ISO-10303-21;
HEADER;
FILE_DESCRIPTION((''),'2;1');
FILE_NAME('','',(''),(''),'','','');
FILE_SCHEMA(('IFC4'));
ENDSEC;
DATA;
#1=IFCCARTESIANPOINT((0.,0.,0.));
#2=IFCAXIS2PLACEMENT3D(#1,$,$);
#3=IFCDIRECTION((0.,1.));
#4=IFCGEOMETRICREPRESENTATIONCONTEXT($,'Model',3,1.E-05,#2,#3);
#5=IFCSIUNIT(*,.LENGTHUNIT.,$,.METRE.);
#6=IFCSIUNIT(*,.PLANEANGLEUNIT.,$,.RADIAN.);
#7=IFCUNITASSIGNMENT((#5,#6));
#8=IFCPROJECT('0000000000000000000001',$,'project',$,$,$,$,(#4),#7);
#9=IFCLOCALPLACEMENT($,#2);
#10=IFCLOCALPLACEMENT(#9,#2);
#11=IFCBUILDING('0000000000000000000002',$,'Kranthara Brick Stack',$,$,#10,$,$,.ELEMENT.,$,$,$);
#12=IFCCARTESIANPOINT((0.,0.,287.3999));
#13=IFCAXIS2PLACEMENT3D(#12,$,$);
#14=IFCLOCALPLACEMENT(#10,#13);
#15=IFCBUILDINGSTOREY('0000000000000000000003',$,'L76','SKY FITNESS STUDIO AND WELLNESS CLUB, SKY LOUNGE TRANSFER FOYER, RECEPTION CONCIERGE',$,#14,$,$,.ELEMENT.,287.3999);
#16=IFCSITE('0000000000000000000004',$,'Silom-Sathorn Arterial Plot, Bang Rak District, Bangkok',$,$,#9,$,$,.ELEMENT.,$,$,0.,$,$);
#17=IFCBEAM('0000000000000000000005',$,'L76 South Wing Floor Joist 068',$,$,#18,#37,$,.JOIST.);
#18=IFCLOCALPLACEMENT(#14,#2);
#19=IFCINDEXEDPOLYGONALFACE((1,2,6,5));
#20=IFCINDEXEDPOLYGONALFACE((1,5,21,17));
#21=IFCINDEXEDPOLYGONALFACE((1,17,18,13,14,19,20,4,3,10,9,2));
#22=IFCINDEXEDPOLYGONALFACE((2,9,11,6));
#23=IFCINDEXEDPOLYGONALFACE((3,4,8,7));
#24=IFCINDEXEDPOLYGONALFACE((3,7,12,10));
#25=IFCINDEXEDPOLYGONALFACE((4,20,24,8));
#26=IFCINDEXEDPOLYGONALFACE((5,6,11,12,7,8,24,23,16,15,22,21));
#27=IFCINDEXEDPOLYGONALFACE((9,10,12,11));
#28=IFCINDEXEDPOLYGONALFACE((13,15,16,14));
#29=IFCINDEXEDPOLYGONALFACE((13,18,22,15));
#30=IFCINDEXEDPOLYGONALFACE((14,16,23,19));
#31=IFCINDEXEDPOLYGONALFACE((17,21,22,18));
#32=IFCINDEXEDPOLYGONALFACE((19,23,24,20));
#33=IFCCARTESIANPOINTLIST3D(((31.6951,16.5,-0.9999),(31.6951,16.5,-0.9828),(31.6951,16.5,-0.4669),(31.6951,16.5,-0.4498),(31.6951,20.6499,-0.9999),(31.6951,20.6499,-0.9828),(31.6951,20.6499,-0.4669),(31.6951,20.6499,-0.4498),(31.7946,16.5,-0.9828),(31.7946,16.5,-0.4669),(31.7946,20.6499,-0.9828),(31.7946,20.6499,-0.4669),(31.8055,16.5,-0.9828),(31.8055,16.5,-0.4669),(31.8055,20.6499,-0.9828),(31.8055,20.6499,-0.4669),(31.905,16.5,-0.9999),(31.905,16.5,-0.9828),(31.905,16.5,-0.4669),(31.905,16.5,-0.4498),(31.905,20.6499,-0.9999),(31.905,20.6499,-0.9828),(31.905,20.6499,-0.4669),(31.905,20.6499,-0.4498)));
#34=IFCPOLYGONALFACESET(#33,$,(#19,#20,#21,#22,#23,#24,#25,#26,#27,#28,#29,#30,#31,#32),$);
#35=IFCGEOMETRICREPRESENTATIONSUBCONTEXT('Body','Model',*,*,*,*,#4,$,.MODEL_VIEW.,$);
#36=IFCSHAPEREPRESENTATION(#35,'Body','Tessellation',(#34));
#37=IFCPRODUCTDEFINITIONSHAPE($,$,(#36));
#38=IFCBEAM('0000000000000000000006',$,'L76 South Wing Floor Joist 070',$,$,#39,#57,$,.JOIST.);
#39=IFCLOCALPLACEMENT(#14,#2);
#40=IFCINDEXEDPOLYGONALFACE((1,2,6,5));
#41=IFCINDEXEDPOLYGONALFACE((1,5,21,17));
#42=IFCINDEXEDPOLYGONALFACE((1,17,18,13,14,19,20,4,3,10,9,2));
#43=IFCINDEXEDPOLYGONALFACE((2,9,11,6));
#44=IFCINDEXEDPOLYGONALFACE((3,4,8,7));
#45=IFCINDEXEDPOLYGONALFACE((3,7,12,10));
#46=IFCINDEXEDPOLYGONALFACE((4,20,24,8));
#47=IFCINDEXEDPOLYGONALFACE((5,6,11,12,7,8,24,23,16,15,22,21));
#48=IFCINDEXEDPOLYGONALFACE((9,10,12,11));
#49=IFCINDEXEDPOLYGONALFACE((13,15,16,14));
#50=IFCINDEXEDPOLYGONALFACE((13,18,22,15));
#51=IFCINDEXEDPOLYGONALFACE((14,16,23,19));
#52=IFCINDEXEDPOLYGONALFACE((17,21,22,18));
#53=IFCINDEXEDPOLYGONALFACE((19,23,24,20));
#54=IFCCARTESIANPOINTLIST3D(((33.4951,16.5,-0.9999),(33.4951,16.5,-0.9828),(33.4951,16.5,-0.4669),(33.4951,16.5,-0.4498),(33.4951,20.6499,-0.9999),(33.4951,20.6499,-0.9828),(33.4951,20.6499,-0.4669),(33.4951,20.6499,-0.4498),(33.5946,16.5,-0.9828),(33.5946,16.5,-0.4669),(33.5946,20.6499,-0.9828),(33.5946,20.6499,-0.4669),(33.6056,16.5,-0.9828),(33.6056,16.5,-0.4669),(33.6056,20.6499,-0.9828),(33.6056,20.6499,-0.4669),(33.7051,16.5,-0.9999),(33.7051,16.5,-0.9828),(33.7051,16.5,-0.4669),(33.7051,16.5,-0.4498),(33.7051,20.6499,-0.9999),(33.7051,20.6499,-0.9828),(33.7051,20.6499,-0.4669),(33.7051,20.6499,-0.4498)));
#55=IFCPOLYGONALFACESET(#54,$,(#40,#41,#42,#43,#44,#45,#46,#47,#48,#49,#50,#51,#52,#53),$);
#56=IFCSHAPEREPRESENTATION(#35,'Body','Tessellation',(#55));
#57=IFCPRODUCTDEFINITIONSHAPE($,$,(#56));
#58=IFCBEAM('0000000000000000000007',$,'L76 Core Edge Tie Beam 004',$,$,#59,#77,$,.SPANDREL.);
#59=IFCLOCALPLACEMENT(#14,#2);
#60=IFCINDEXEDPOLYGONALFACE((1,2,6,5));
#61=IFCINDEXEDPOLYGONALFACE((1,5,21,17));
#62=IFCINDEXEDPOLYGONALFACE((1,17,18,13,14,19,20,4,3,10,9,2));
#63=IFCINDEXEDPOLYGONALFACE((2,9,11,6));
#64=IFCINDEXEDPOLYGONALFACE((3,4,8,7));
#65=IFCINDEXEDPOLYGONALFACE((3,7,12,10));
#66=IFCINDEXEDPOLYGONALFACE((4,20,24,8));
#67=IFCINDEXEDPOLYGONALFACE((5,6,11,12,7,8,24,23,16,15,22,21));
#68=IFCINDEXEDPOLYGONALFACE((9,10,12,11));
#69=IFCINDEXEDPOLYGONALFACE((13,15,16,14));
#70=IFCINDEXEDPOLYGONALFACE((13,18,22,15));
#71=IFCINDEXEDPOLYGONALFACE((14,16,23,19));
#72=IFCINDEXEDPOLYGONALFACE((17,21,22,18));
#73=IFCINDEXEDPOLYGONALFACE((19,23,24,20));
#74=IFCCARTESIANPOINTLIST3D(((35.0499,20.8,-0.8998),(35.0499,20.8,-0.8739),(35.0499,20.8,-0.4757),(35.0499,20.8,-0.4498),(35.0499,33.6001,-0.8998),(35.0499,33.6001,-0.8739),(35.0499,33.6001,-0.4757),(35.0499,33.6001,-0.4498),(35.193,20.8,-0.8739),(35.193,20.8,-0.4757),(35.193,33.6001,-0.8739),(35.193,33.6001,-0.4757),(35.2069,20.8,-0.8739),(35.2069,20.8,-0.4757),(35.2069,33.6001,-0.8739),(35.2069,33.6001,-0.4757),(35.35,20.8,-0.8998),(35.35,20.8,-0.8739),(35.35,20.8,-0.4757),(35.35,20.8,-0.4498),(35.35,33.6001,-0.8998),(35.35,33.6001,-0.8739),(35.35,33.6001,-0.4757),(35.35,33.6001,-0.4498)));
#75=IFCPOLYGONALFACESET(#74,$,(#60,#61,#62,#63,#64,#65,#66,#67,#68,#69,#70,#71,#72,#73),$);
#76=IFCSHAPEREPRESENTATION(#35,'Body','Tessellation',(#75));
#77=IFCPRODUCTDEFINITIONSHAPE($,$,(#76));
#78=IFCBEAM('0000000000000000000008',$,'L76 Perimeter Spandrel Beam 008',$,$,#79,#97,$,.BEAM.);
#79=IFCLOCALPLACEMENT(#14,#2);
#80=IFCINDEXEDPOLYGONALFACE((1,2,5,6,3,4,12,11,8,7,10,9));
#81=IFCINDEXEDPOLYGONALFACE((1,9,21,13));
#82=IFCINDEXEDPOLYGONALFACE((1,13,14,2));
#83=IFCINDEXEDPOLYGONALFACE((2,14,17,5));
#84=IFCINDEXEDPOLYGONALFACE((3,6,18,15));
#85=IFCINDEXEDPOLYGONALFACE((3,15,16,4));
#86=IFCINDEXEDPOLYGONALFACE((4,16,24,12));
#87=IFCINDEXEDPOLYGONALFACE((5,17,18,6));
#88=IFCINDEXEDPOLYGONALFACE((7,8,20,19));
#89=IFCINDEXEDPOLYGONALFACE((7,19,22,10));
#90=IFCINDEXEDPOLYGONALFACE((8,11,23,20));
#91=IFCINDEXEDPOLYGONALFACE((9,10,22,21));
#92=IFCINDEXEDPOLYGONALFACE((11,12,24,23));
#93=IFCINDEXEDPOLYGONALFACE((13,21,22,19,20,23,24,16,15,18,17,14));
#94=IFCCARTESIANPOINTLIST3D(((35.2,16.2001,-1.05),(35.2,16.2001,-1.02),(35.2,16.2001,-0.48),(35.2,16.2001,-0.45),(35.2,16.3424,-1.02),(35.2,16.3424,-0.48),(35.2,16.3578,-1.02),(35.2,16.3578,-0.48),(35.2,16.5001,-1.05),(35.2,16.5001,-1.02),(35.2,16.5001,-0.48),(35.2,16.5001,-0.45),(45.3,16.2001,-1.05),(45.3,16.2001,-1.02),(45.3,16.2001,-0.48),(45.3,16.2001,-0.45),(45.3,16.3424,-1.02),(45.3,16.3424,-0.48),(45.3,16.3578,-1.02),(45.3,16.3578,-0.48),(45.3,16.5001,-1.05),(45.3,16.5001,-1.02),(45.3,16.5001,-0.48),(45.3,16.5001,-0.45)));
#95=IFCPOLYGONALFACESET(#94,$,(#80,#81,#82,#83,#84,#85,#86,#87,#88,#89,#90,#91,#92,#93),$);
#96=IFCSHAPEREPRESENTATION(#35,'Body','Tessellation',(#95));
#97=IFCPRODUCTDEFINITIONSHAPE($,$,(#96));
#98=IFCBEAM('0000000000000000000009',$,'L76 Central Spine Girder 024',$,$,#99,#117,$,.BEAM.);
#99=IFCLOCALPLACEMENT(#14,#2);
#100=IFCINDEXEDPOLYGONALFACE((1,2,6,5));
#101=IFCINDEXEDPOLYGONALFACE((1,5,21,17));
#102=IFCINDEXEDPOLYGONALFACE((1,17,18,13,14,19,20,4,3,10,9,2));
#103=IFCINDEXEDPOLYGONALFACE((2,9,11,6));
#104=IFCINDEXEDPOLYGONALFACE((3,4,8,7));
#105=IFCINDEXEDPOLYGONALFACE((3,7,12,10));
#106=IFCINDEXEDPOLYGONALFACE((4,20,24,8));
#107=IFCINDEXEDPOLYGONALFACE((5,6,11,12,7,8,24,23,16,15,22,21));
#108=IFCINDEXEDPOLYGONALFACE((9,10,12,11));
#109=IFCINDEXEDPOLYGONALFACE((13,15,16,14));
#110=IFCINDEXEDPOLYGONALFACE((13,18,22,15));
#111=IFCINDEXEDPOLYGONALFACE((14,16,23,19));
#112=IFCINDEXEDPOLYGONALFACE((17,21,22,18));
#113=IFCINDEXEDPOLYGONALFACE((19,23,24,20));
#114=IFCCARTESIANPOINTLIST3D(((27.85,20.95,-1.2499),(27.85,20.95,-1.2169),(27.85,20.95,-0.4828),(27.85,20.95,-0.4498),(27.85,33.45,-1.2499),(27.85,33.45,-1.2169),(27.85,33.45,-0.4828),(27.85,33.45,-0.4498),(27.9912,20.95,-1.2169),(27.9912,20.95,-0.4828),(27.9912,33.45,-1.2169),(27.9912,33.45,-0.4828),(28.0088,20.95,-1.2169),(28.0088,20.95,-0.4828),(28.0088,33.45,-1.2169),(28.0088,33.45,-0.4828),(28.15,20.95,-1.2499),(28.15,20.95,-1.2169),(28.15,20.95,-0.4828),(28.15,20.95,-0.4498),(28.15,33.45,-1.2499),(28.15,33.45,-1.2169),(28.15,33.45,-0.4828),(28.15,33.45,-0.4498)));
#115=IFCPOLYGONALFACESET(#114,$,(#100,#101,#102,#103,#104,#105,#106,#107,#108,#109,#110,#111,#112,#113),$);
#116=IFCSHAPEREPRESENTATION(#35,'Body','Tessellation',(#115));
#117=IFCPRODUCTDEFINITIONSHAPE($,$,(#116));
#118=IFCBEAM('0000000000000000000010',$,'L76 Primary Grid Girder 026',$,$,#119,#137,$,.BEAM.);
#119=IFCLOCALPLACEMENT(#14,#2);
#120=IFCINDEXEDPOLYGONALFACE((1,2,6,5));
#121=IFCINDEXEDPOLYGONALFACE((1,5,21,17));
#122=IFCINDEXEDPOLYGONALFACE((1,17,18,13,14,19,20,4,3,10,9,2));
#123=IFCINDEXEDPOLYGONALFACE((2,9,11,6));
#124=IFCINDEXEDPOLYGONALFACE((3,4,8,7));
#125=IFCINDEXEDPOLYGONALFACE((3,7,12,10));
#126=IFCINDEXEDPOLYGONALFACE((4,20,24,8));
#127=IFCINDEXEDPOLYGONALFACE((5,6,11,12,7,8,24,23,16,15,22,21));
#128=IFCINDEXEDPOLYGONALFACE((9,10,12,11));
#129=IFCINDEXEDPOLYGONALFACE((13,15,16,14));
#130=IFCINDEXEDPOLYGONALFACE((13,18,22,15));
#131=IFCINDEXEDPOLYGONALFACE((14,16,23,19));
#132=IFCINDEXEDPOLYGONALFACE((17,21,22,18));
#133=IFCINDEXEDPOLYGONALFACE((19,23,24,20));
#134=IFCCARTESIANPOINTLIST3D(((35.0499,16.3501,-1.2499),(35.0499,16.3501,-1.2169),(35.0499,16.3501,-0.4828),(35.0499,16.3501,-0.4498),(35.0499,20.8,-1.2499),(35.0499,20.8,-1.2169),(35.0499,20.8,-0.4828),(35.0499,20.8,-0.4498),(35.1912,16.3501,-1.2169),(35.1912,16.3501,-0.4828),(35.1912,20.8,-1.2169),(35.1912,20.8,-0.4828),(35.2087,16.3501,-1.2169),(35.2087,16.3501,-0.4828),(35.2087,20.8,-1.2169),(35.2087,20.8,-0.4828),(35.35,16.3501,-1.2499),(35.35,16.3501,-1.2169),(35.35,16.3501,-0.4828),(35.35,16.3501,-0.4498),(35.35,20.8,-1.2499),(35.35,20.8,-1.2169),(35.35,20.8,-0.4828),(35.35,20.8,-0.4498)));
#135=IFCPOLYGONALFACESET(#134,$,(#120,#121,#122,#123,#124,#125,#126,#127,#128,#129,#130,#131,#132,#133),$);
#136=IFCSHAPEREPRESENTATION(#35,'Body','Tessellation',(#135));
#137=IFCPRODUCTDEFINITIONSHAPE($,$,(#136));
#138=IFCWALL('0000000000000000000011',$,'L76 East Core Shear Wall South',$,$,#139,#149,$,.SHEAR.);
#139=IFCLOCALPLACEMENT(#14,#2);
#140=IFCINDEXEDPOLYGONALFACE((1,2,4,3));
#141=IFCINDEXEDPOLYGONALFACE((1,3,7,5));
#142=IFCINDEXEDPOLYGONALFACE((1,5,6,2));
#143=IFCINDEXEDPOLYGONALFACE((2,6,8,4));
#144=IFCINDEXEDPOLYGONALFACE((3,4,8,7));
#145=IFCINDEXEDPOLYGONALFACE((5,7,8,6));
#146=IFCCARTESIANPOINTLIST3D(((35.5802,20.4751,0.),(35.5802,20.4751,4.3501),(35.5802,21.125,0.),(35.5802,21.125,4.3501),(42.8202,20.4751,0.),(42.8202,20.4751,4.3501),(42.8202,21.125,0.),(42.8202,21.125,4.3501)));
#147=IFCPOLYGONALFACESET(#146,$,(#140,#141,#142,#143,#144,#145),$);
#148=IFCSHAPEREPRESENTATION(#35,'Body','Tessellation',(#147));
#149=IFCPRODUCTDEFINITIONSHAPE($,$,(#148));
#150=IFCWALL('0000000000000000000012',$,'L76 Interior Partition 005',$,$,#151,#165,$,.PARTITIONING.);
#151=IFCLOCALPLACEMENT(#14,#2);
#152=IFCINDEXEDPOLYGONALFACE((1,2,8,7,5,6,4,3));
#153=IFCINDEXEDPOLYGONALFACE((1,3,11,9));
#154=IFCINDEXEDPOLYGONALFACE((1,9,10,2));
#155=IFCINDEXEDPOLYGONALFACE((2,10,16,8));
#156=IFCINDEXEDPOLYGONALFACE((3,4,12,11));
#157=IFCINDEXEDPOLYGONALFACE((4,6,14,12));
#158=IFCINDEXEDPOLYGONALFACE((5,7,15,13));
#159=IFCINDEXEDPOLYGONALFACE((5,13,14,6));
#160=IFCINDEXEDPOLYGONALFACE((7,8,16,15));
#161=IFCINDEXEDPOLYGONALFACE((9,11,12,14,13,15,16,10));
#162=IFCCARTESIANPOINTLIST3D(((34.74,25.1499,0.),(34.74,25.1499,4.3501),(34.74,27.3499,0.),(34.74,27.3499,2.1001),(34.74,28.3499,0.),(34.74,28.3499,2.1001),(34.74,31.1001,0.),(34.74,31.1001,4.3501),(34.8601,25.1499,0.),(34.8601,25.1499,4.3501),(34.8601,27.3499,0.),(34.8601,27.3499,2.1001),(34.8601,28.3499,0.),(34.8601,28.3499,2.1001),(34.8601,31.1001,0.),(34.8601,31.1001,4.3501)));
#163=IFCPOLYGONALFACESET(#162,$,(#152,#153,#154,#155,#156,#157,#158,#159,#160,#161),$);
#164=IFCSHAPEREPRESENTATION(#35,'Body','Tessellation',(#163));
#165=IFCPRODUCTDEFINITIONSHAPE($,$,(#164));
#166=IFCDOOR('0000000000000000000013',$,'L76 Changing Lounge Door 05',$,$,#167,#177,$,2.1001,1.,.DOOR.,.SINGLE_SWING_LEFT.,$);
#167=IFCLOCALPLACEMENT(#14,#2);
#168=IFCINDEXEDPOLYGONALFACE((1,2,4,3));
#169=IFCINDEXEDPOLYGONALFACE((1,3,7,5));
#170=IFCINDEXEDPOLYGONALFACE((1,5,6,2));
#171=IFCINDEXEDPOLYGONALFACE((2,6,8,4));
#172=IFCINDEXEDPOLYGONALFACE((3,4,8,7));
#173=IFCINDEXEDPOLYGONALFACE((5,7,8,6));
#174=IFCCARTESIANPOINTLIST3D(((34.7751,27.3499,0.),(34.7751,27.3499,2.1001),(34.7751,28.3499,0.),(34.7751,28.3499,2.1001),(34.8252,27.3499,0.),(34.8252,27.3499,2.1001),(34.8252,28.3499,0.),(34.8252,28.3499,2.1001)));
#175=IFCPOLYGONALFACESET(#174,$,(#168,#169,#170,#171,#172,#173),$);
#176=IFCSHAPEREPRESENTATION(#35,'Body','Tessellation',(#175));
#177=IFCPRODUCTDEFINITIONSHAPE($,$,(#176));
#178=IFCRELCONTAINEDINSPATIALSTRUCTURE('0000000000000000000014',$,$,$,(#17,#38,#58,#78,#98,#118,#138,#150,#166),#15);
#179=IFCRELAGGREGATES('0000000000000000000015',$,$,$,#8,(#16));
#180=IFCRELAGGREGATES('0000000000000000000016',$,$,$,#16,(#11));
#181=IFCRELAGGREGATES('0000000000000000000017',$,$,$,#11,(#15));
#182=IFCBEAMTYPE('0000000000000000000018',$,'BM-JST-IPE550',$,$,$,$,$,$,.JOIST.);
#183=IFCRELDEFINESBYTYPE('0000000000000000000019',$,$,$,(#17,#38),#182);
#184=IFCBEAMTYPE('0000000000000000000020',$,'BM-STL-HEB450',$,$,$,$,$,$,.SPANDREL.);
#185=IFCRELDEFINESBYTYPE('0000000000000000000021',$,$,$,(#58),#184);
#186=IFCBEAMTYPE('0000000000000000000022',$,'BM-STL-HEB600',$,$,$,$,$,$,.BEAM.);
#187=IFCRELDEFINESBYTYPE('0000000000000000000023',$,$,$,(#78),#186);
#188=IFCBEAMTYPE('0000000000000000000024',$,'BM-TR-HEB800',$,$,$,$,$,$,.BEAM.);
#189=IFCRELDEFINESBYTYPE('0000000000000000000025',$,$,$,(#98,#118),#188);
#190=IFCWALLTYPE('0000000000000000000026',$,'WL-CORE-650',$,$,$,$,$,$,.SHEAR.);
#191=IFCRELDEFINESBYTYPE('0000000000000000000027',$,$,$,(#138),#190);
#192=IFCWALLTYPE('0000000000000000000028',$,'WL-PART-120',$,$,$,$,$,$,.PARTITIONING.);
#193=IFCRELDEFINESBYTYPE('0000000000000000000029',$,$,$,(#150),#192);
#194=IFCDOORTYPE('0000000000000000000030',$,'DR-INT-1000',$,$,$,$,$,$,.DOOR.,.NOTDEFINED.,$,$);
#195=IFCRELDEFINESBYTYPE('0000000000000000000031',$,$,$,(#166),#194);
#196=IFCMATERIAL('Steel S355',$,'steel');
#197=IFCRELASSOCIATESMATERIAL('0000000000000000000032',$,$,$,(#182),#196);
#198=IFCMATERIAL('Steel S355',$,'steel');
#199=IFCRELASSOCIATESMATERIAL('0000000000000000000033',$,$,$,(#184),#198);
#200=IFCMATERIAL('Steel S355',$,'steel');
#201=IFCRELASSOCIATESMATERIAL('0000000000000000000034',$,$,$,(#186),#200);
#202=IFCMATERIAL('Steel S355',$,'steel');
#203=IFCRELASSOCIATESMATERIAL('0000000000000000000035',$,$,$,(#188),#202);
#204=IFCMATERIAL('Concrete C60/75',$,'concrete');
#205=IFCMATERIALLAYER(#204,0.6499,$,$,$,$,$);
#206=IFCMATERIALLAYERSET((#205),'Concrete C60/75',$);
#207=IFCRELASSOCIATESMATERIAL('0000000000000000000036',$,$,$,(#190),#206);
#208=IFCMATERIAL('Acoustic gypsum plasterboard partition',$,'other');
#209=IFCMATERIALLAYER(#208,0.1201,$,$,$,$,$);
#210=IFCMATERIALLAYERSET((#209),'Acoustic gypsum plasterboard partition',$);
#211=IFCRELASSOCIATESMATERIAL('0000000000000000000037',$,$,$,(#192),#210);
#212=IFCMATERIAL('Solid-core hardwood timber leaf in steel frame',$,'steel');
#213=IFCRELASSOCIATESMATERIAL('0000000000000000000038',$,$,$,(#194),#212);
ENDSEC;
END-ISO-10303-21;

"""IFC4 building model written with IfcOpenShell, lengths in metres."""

from ifc_helpers import new_model, si_unit, direction, frame, frame_2d, origin, origin_2d, place, context, subcontext, project, spatial, rectangle, i_section, extrude, material, layer, layer_set, material_profile, profile_set, type_object, element, fill, save


model = new_model("IFC4")

# Units and contexts
model_context = context("Model", 3, precision=1e-05, world=origin(), true_north=direction((0.0, 1.0)))
body_context = subcontext(model_context, "Body", "Model", "MODEL_VIEW")
ifc_project = project(units=[si_unit("LENGTHUNIT", "METRE"), si_unit("PLANEANGLEUNIT", "RADIAN")], contexts=[model_context])

# Site, building, storey
site_placement = place(None, origin())
site = spatial("IfcSite", under=ifc_project, at=site_placement, Name="Silom-Sathorn Arterial Plot, Bang Rak District, Bangkok", CompositionType="ELEMENT", RefElevation=0.0)
building_placement = place(site_placement, origin())
building = spatial("IfcBuilding", under=site, at=building_placement, Name="Kranthara Brick Stack", CompositionType="ELEMENT")
storey_placement = place(building_placement, frame((0.0, 0.0, 287.3999)))
storey = spatial("IfcBuildingStorey", under=building, at=storey_placement, Name="L76", Description="SKY FITNESS STUDIO AND WELLNESS CLUB, SKY LOUNGE TRANSFER FOYER, RECEPTION CONCIERGE", CompositionType="ELEMENT", Elevation=287.3999)

# Beams
ifc_material_1 = material(Name="Steel S355", Category="steel")
ifc_material_profile_1 = material_profile(ifc_material_1, i_section(OverallWidth=0.21, OverallDepth=0.55, WebThickness=0.011, FlangeThickness=0.0171, at=origin_2d()), Name="IPE 550")
ifc_profile_set_1 = profile_set([ifc_material_profile_1], Name="Steel S355")
beam_type_1 = type_object("IfcBeamType", Name="BM-JST-IPE550", PredefinedType="JOIST", material=ifc_profile_set_1)
for number, where, z_axis, x_axis, name in (
    (1, (31.8, 16.5, -0.7249), (0.0, 1.0, 0.0), (-1.0, 0.0, 0.0), "L76 South Wing Floor Joist 068"),
    (2, (33.6001, 16.5, -0.7249), (0.0, 1.0, 0.0), (-1.0, 0.0, 0.0), "L76 South Wing Floor Joist 070"),
):
    element("IfcBeam", number, at=place(storey_placement, frame(where, z_axis=z_axis, x_axis=x_axis)), inside=storey, type_object=beam_type_1, Name=name, PredefinedType="JOIST", context=body_context, shape_type="SweptSolid", body=[
        extrude(i_section(OverallWidth=0.21, OverallDepth=0.55, WebThickness=0.011, FlangeThickness=0.0171, at=origin_2d()), origin(), (0.0, 0.0, 1.0), 4.1499),
    ])
ifc_material_2 = material(Name="Steel S355", Category="steel")
ifc_material_profile_2 = material_profile(ifc_material_2, i_section(OverallWidth=0.3, OverallDepth=0.45, WebThickness=0.0139, FlangeThickness=0.0259, at=origin_2d()), Name="HEB 450")
ifc_profile_set_2 = profile_set([ifc_material_profile_2], Name="Steel S355")
beam_type_2 = type_object("IfcBeamType", Name="BM-STL-HEB450", PredefinedType="SPANDREL", material=ifc_profile_set_2)
beam_1_placement = place(storey_placement, frame((35.2, 20.8, -0.6748), z_axis=(0.0, 1.0, 0.0), x_axis=(-1.0, 0.0, 0.0)))
element("IfcBeam", 3, at=beam_1_placement, inside=storey, type_object=beam_type_2, Name="L76 Core Edge Tie Beam 004", PredefinedType="SPANDREL", context=body_context, shape_type="SweptSolid", body=[
    extrude(i_section(OverallWidth=0.3, OverallDepth=0.45, WebThickness=0.0139, FlangeThickness=0.0259, at=origin_2d()), origin(), (0.0, 0.0, 1.0), 12.8),
])
ifc_material_3 = material(Name="Steel S355", Category="steel")
ifc_material_profile_3 = material_profile(ifc_material_3, i_section(OverallWidth=0.3, OverallDepth=0.6001, WebThickness=0.0154, FlangeThickness=0.03, at=origin_2d()), Name="HEB 600")
ifc_profile_set_3 = profile_set([ifc_material_profile_3], Name="Steel S355")
beam_type_3 = type_object("IfcBeamType", Name="BM-STL-HEB600", PredefinedType="BEAM", material=ifc_profile_set_3)
beam_2_placement = place(storey_placement, frame((35.2, 16.3501, -0.75), z_axis=(1.0, 0.0, 0.0), x_axis=(0.0, 1.0, 0.0)))
element("IfcBeam", 4, at=beam_2_placement, inside=storey, type_object=beam_type_3, Name="L76 Perimeter Spandrel Beam 008", PredefinedType="BEAM", context=body_context, shape_type="SweptSolid", body=[
    extrude(i_section(OverallWidth=0.3, OverallDepth=0.6001, WebThickness=0.0154, FlangeThickness=0.03, at=origin_2d()), origin(), (0.0, 0.0, 1.0), 10.1001),
])
ifc_material_4 = material(Name="Steel S355", Category="steel")
ifc_material_profile_4 = material_profile(ifc_material_4, i_section(OverallWidth=0.3, OverallDepth=0.8, WebThickness=0.0176, FlangeThickness=0.033, at=origin_2d()), Name="HEB 800")
ifc_profile_set_4 = profile_set([ifc_material_profile_4], Name="Steel S355")
beam_type_4 = type_object("IfcBeamType", Name="BM-TR-HEB800", PredefinedType="BEAM", material=ifc_profile_set_4)
beam_3_placement = place(storey_placement, frame((28.0, 20.95, -0.8499), z_axis=(0.0, 1.0, 0.0), x_axis=(-1.0, 0.0, 0.0)))
element("IfcBeam", 5, at=beam_3_placement, inside=storey, type_object=beam_type_4, Name="L76 Central Spine Girder 024", PredefinedType="BEAM", context=body_context, shape_type="SweptSolid", body=[
    extrude(i_section(OverallWidth=0.3, OverallDepth=0.8, WebThickness=0.0176, FlangeThickness=0.033, at=origin_2d()), origin(), (0.0, 0.0, 1.0), 12.5),
])
beam_4_placement = place(storey_placement, frame((35.2, 16.3501, -0.8499), z_axis=(0.0, 1.0, 0.0), x_axis=(-1.0, 0.0, 0.0)))
element("IfcBeam", 6, at=beam_4_placement, inside=storey, type_object=beam_type_4, Name="L76 Primary Grid Girder 026", PredefinedType="BEAM", context=body_context, shape_type="SweptSolid", body=[
    extrude(i_section(OverallWidth=0.3, OverallDepth=0.8, WebThickness=0.0176, FlangeThickness=0.033, at=origin_2d()), origin(), (0.0, 0.0, 1.0), 4.45),
])

# Wall
ifc_material_5 = material(Name="Concrete C60/75", Category="concrete")
ifc_layer_1 = layer(ifc_material_5, 0.6499)
ifc_layer_set_1 = layer_set([ifc_layer_1], Name="Concrete C60/75")
wall_type_1 = type_object("IfcWallType", Name="WL-CORE-650", PredefinedType="SHEAR", material=ifc_layer_set_1)
wall_1_placement = place(storey_placement, frame((35.5801, 20.8, 0.0), z_axis=(0.0, 0.0, 1.0), x_axis=(1.0, 0.0, 0.0)))
element("IfcWall", 7, at=wall_1_placement, inside=storey, type_object=wall_type_1, Name="L76 East Core Shear Wall South", PredefinedType="SHEAR", context=body_context, shape_type="SweptSolid", body=[
    extrude(rectangle(XDim=7.24, YDim=0.6499, at=frame_2d((3.6201, 0.0))), origin(), (0.0, 0.0, 1.0), 4.3501),
])

# Wall, opening, door
ifc_material_6 = material(Name="Acoustic gypsum plasterboard partition", Category="other")
ifc_layer_2 = layer(ifc_material_6, 0.1201)
ifc_layer_set_2 = layer_set([ifc_layer_2], Name="Acoustic gypsum plasterboard partition")
wall_type_2 = type_object("IfcWallType", Name="WL-PART-120", PredefinedType="PARTITIONING", material=ifc_layer_set_2)
wall_2_placement = place(storey_placement, frame((34.8, 25.1499, 0.0), z_axis=(0.0, 0.0, 1.0), x_axis=(0.0, 1.0, 0.0)))
wall_2 = element("IfcWall", 8, at=wall_2_placement, inside=storey, type_object=wall_type_2, Name="L76 Interior Partition 005", PredefinedType="PARTITIONING", context=body_context, shape_type="SweptSolid", body=[
    extrude(rectangle(XDim=5.9502, YDim=0.1201, at=frame_2d((2.9751, 0.0))), origin(), (0.0, 0.0, 1.0), 4.3501),
])
opening_1_placement = place(wall_2_placement, frame((2.2, 0.0, 0.0)))
opening_1 = element("IfcOpeningElement", 9, at=opening_1_placement, cuts=wall_2, PredefinedType="OPENING", context=body_context, shape_type="SweptSolid", body=[
    extrude(rectangle(XDim=1.0, YDim=2.1001, at=frame_2d((0.5, 1.05))), frame((0.0, 0.0701, 0.0), z_axis=(0.0, -1.0, 0.0), x_axis=(1.0, 0.0, 0.0)), (0.0, 0.0, 1.0), 0.1401),
])
ifc_material_7 = material(Name="Solid-core hardwood timber leaf in steel frame", Category="steel")
door_type_1 = type_object("IfcDoorType", Name="DR-INT-1000", OperationType="NOTDEFINED", PredefinedType="DOOR", material=ifc_material_7)
door_1_placement = place(opening_1_placement, origin())
door_1 = element("IfcDoor", 10, at=door_1_placement, inside=storey, type_object=door_type_1, Name="L76 Changing Lounge Door 05", OperationType="SINGLE_SWING_LEFT", OverallHeight=2.1001, OverallWidth=1.0, PredefinedType="DOOR", context=body_context, shape_type="SweptSolid", body=[
    extrude(rectangle(XDim=1.0, YDim=2.1001, at=frame_2d((0.5, 1.05))), frame((0.0, 0.0249, 0.0), z_axis=(0.0, -1.0, 0.0), x_axis=(1.0, 0.0, 0.0)), (0.0, 0.0, 1.0), 0.05),
])
fill(opening_1, door_1)

save(model, "model.ifc")
